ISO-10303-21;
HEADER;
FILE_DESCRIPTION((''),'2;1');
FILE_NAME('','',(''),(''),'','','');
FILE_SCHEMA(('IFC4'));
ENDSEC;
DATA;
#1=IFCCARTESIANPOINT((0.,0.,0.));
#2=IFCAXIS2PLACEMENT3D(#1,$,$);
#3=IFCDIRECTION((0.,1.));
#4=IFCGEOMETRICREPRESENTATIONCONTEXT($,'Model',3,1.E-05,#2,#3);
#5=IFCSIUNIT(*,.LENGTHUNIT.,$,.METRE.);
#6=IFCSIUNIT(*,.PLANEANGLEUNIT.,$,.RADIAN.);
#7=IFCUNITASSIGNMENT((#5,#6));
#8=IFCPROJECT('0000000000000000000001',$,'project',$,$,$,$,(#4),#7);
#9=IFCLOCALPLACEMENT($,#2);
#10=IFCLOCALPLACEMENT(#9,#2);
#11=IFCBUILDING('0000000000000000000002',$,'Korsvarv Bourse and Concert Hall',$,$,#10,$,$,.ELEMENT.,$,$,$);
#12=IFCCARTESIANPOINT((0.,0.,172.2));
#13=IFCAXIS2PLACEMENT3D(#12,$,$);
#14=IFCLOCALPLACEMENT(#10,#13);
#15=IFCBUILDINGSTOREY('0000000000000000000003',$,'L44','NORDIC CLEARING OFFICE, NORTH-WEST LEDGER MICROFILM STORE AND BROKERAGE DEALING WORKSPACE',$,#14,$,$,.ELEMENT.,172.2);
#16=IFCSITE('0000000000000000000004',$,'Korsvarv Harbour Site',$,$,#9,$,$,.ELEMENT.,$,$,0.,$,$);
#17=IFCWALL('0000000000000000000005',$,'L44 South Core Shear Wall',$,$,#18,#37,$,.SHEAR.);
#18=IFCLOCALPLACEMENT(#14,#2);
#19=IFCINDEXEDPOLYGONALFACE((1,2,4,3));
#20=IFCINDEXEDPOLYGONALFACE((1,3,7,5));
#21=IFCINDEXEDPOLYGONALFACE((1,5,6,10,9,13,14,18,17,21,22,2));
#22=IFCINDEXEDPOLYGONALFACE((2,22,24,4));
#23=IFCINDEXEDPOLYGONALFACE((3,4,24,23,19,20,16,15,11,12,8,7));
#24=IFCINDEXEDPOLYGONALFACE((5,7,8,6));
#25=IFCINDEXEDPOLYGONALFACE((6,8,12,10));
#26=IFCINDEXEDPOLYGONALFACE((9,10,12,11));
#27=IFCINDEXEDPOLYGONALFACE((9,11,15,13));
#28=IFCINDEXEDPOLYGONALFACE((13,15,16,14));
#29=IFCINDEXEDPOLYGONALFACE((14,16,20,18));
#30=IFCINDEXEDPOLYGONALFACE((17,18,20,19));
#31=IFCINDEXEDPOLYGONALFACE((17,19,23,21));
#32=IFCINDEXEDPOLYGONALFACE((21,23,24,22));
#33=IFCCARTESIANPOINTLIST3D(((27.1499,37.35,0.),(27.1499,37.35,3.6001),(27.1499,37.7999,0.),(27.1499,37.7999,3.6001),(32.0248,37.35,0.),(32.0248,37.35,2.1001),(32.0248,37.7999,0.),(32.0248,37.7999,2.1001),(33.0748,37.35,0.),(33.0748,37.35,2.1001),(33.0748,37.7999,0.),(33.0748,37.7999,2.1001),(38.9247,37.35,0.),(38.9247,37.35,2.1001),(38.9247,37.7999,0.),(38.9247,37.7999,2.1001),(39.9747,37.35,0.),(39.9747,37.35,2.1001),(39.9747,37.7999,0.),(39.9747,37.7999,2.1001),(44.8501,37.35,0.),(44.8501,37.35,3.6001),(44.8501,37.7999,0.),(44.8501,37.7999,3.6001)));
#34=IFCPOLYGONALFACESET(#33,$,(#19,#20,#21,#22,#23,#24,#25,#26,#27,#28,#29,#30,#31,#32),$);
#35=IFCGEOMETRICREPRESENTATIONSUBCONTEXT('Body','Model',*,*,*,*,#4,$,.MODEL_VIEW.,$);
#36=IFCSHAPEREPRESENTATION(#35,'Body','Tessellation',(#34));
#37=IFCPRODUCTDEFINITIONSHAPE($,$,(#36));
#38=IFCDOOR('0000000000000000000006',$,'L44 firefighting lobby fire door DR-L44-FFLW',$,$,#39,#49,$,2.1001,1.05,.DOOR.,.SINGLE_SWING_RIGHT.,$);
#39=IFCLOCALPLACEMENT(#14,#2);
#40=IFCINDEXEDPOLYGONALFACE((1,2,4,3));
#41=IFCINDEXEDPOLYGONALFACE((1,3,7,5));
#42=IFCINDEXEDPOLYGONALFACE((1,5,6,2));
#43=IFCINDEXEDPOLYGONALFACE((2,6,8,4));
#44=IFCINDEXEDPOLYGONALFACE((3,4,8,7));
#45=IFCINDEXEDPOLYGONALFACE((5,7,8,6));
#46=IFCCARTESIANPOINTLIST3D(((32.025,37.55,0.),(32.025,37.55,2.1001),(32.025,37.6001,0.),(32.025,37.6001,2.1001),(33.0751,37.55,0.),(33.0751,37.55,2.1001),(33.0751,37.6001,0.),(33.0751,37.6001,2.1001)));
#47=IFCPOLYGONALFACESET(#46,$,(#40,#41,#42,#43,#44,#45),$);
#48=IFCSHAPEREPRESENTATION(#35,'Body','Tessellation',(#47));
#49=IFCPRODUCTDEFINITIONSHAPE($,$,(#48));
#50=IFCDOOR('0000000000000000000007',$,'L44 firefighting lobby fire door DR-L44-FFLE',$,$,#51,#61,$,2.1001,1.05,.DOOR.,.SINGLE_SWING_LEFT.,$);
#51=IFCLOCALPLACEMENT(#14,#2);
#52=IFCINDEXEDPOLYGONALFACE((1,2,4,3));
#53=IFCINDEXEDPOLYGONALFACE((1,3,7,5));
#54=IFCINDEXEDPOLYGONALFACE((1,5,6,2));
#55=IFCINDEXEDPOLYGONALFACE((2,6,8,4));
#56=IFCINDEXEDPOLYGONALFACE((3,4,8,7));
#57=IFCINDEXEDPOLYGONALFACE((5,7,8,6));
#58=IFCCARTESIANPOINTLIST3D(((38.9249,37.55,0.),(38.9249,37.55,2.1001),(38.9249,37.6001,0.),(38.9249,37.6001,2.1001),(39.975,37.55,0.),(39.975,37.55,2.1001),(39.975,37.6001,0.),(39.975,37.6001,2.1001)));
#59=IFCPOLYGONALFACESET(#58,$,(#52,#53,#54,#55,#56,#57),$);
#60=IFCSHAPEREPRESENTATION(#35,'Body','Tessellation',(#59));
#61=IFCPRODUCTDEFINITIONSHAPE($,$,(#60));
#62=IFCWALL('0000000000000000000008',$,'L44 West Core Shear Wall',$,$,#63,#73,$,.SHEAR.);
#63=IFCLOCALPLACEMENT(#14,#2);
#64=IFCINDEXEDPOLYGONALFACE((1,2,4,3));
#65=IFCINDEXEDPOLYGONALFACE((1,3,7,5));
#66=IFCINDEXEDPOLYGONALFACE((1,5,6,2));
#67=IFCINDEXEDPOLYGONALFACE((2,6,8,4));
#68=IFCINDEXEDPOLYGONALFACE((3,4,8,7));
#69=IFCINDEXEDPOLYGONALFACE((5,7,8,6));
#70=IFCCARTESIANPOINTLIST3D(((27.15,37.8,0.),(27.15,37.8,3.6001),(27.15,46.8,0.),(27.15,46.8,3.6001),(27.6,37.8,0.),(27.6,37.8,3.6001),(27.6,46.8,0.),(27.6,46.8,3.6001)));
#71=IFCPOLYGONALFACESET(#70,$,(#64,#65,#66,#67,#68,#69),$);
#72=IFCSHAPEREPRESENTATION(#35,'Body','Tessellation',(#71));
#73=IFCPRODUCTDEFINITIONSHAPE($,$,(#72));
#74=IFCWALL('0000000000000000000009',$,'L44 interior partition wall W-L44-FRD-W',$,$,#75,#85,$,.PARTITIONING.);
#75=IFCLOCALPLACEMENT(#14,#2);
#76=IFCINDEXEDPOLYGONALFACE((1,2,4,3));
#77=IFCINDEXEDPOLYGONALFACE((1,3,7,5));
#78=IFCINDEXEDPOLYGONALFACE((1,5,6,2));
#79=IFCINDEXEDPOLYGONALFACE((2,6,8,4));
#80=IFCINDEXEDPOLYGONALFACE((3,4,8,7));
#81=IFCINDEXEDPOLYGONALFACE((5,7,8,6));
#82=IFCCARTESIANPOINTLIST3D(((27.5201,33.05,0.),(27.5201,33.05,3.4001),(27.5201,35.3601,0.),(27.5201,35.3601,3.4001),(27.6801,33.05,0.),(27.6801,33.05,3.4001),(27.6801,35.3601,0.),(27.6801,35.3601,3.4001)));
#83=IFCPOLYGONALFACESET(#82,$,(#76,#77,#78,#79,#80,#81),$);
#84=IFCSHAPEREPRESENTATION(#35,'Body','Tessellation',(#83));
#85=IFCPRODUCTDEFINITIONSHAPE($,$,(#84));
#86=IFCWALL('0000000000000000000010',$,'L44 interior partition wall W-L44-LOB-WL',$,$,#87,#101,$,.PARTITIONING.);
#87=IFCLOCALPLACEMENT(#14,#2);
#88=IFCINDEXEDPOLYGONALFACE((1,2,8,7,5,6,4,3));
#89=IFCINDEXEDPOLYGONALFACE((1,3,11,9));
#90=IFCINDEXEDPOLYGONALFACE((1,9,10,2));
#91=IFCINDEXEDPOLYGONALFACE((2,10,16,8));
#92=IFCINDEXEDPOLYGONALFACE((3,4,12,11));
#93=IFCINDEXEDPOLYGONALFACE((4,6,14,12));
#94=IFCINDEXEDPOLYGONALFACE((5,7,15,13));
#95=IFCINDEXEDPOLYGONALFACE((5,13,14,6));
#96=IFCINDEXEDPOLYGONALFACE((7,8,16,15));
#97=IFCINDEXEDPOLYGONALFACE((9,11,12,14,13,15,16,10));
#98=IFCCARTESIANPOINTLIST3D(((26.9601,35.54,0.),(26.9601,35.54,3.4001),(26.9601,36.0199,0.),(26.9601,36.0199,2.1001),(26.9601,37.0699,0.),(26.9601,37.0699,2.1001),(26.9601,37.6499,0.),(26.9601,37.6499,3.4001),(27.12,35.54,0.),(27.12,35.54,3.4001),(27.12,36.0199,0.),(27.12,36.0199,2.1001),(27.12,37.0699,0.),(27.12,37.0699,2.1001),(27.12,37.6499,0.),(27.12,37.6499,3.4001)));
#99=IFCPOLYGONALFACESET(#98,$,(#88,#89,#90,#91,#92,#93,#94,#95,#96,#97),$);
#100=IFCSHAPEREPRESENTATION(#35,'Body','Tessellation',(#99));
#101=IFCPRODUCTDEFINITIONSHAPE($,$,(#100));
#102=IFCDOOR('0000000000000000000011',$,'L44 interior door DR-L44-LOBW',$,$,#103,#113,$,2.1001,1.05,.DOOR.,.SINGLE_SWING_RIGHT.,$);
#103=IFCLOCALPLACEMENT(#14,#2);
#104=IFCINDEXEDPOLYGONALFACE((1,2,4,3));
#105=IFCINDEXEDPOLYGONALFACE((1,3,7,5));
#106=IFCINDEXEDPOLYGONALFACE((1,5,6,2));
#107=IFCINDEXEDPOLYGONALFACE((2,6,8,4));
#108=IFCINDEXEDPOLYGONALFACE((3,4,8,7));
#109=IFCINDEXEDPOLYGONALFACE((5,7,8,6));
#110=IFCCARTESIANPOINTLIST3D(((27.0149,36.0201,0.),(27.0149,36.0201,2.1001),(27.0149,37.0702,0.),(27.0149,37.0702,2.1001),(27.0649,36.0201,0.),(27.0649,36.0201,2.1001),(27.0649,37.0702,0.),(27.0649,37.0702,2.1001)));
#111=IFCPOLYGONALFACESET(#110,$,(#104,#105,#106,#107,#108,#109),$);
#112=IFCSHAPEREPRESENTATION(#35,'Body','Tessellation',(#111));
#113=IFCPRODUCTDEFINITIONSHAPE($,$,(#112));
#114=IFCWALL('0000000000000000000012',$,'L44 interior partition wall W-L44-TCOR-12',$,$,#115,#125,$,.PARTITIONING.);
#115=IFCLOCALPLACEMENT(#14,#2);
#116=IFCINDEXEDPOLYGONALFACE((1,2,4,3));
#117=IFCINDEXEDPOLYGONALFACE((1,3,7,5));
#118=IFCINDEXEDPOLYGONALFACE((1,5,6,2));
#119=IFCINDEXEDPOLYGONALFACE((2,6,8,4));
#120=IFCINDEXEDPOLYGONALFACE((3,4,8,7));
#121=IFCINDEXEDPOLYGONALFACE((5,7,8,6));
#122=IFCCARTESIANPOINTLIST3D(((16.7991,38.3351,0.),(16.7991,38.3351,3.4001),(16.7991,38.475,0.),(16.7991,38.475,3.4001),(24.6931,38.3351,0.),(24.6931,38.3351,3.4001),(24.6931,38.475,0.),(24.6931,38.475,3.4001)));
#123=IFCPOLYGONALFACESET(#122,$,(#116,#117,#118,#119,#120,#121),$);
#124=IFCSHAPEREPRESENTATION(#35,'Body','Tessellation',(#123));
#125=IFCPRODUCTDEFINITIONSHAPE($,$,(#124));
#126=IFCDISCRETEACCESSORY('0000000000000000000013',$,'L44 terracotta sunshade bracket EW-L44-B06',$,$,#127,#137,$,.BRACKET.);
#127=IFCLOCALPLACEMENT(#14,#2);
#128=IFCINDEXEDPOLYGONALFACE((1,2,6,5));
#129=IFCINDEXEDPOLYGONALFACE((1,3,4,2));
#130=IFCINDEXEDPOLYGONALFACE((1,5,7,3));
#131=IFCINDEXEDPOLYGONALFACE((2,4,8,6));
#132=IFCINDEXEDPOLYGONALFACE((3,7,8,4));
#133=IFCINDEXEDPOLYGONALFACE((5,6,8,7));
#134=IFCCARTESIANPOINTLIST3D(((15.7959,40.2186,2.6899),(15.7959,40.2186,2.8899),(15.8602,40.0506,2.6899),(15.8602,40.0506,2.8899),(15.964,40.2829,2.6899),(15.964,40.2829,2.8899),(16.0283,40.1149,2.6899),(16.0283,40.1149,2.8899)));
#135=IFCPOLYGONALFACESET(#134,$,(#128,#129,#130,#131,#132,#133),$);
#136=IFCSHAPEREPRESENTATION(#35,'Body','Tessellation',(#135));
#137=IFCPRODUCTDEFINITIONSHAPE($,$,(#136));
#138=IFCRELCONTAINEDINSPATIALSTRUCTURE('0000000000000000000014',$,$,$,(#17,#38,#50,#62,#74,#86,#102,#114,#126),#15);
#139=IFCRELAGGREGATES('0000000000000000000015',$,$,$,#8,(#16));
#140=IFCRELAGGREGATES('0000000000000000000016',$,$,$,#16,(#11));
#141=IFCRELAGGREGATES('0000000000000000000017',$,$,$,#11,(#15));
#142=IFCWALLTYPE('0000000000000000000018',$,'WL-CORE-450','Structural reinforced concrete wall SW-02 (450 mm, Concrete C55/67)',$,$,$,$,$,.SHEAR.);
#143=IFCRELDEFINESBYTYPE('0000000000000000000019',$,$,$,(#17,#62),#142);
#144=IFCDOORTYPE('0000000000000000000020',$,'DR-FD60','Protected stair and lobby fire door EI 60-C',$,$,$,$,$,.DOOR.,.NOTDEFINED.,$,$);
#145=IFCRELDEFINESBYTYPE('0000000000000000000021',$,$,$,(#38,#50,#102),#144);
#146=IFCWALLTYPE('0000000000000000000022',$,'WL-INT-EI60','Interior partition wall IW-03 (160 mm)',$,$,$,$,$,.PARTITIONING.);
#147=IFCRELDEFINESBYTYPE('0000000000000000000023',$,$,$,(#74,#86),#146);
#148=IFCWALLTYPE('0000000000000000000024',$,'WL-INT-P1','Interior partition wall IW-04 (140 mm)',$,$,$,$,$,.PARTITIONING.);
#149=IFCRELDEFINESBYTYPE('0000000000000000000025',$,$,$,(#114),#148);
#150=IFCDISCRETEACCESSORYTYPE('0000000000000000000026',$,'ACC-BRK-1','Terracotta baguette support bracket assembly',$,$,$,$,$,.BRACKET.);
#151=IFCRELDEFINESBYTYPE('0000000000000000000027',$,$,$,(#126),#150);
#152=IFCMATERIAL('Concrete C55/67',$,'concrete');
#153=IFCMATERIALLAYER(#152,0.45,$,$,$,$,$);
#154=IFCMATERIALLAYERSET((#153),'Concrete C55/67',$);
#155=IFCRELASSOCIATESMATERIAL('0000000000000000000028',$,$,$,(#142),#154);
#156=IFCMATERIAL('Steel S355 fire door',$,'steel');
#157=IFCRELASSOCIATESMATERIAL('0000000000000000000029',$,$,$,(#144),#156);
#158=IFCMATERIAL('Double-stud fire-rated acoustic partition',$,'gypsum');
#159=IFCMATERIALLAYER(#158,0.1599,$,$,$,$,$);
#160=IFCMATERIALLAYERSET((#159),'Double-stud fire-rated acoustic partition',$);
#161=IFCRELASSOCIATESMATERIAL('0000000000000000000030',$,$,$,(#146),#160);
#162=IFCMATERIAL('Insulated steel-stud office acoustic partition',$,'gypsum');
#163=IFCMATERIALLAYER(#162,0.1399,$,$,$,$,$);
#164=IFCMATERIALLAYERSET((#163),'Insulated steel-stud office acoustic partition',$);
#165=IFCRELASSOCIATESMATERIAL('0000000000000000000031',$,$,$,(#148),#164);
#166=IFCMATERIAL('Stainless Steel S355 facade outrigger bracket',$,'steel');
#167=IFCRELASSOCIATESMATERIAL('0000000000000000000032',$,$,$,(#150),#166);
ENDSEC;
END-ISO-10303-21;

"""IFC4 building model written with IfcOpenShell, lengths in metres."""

from ifc_helpers import new_model, si_unit, direction, frame, frame_2d, origin, origin_2d, place, context, subcontext, project, spatial, rectangle, extrude, source, transform, mapped, material, layer, layer_set, type_object, element, fill, save


model = new_model("IFC4")

# Units and contexts
model_context = context("Model", 3, precision=1e-05, world=origin(), true_north=direction((0.0, 1.0)))
body_context = subcontext(model_context, "Body", "Model", "MODEL_VIEW")
ifc_project = project(units=[si_unit("LENGTHUNIT", "METRE"), si_unit("PLANEANGLEUNIT", "RADIAN")], contexts=[model_context])

# Site, building, storey
site_placement = place(None, origin())
site = spatial("IfcSite", under=ifc_project, at=site_placement, Name="Korsvarv Harbour Site", CompositionType="ELEMENT", RefElevation=0.0)
building_placement = place(site_placement, origin())
building = spatial("IfcBuilding", under=site, at=building_placement, Name="Korsvarv Bourse and Concert Hall", CompositionType="ELEMENT")
storey_placement = place(building_placement, frame((0.0, 0.0, 172.2)))
storey = spatial("IfcBuildingStorey", under=building, at=storey_placement, Name="L44", Description="NORDIC CLEARING OFFICE, NORTH-WEST LEDGER MICROFILM STORE AND BROKERAGE DEALING WORKSPACE", CompositionType="ELEMENT", Elevation=172.2)

# Shared definitions
ifc_material_1 = material(Name="Concrete C55/67", Category="concrete")

# Wall, openings, doors
ifc_layer_1 = layer(ifc_material_1, 0.45)
ifc_layer_set_1 = layer_set([ifc_layer_1], Name="Concrete C55/67")
wall_type_1 = type_object("IfcWallType", Name="WL-CORE-450", Description="Structural reinforced concrete wall SW-02 (450 mm, Concrete C55/67)", PredefinedType="SHEAR", material=ifc_layer_set_1)
wall_1_placement = place(storey_placement, frame((27.1499, 37.575, 0.0), z_axis=(0.0, 0.0, 1.0), x_axis=(1.0, 0.0, 0.0)))
wall_1 = element("IfcWall", 1, at=wall_1_placement, inside=storey, type_object=wall_type_1, Name="L44 South Core Shear Wall", PredefinedType="SHEAR", context=body_context, shape_type="SweptSolid", body=[
    extrude(rectangle(XDim=17.7002, YDim=0.45, at=frame_2d((8.8501, 0.0))), origin(), (0.0, 0.0, 1.0), 3.6001),
])
opening_1_placement = place(wall_1_placement, frame((4.875, 0.0, 0.0)))
opening_1 = element("IfcOpeningElement", 2, at=opening_1_placement, cuts=wall_1, PredefinedType="OPENING", context=body_context, shape_type="SweptSolid", body=[
    extrude(rectangle(XDim=1.05, YDim=2.1001, at=frame_2d((0.5249, 1.05))), frame((0.0, 0.2349, 0.0), z_axis=(0.0, -1.0, 0.0), x_axis=(1.0, 0.0, 0.0)), (0.0, 0.0, 1.0), 0.47),
])
opening_2_placement = place(wall_1_placement, frame((11.7749, 0.0, 0.0)))
opening_2 = element("IfcOpeningElement", 3, at=opening_2_placement, cuts=wall_1, PredefinedType="OPENING", context=body_context, shape_type="SweptSolid", body=[
    extrude(rectangle(XDim=1.05, YDim=2.1001, at=frame_2d((0.5249, 1.05))), frame((0.0, 0.2349, 0.0), z_axis=(0.0, -1.0, 0.0), x_axis=(1.0, 0.0, 0.0)), (0.0, 0.0, 1.0), 0.47),
])
ifc_material_2 = material(Name="Steel S355 fire door", Category="steel")
door_type = type_object("IfcDoorType", Name="DR-FD60", Description="Protected stair and lobby fire door EI 60-C", OperationType="NOTDEFINED", PredefinedType="DOOR", material=ifc_material_2)
door_1_placement = place(opening_1_placement, frame((1.05, 0.0, 0.0), z_axis=(0.0, 0.0, 1.0), x_axis=(-1.0, 0.0, 0.0)))
door_1 = element("IfcDoor", 4, at=door_1_placement, inside=storey, type_object=door_type, Name="L44 firefighting lobby fire door DR-L44-FFLW", OperationType="SINGLE_SWING_RIGHT", OverallHeight=2.1001, OverallWidth=1.05, PredefinedType="DOOR", context=body_context, shape_type="SweptSolid", body=[
    extrude(rectangle(XDim=1.05, YDim=2.1001, at=frame_2d((0.5249, 1.05))), frame((0.0, 0.0249, 0.0), z_axis=(0.0, -1.0, 0.0), x_axis=(1.0, 0.0, 0.0)), (0.0, 0.0, 1.0), 0.05),
])
fill(opening_1, door_1)
door_2_placement = place(opening_2_placement, frame((1.05, 0.0, 0.0), z_axis=(0.0, 0.0, 1.0), x_axis=(-1.0, 0.0, 0.0)))
door_2 = element("IfcDoor", 5, at=door_2_placement, inside=storey, type_object=door_type, Name="L44 firefighting lobby fire door DR-L44-FFLE", OperationType="SINGLE_SWING_LEFT", OverallHeight=2.1001, OverallWidth=1.05, PredefinedType="DOOR", context=body_context, shape_type="SweptSolid", body=[
    extrude(rectangle(XDim=1.05, YDim=2.1001, at=frame_2d((0.5249, 1.05))), frame((0.0, 0.0249, 0.0), z_axis=(0.0, -1.0, 0.0), x_axis=(1.0, 0.0, 0.0)), (0.0, 0.0, 1.0), 0.05),
])
fill(opening_2, door_2)

# Walls
wall_2_placement = place(storey_placement, frame((27.375, 37.8, 0.0), z_axis=(0.0, 0.0, 1.0), x_axis=(0.0, 1.0, 0.0)))
element("IfcWall", 6, at=wall_2_placement, inside=storey, type_object=wall_type_1, Name="L44 West Core Shear Wall", PredefinedType="SHEAR", context=body_context, shape_type="SweptSolid", body=[
    extrude(rectangle(XDim=9.0, YDim=0.45, at=frame_2d((4.5, 0.0))), origin(), (0.0, 0.0, 1.0), 3.6001),
])
ifc_material_3 = material(Name="Double-stud fire-rated acoustic partition", Category="gypsum")
ifc_layer_2 = layer(ifc_material_3, 0.1599)
ifc_layer_set_2 = layer_set([ifc_layer_2], Name="Double-stud fire-rated acoustic partition")
wall_type_2 = type_object("IfcWallType", Name="WL-INT-EI60", Description="Interior partition wall IW-03 (160 mm)", PredefinedType="PARTITIONING", material=ifc_layer_set_2)
wall_3_placement = place(storey_placement, frame((27.6001, 33.05, 0.0), z_axis=(0.0, 0.0, 1.0), x_axis=(0.0, 1.0, 0.0)))
element("IfcWall", 7, at=wall_3_placement, inside=storey, type_object=wall_type_2, Name="L44 interior partition wall W-L44-FRD-W", PredefinedType="PARTITIONING", context=body_context, shape_type="SweptSolid", body=[
    extrude(rectangle(XDim=2.3101, YDim=0.1599, at=frame_2d((1.155, 0.0))), origin(), (0.0, 0.0, 1.0), 3.4001),
])

# Wall, opening, door
wall_4_placement = place(storey_placement, frame((27.04, 35.54, 0.0), z_axis=(0.0, 0.0, 1.0), x_axis=(0.0, 1.0, 0.0)))
wall_4 = element("IfcWall", 8, at=wall_4_placement, inside=storey, type_object=wall_type_2, Name="L44 interior partition wall W-L44-LOB-WL", PredefinedType="PARTITIONING", context=body_context, shape_type="SweptSolid", body=[
    extrude(rectangle(XDim=2.1099, YDim=0.1599, at=frame_2d((1.0549, 0.0))), origin(), (0.0, 0.0, 1.0), 3.4001),
])
opening_3_placement = place(wall_4_placement, frame((0.48, 0.0, 0.0)))
opening_3 = element("IfcOpeningElement", 9, at=opening_3_placement, cuts=wall_4, PredefinedType="OPENING", context=body_context, shape_type="SweptSolid", body=[
    extrude(rectangle(XDim=1.05, YDim=2.1001, at=frame_2d((0.5249, 1.05))), frame((0.0, 0.0898, 0.0), z_axis=(0.0, -1.0, 0.0), x_axis=(1.0, 0.0, 0.0)), (0.0, 0.0, 1.0), 0.1799),
])
door_3_placement = place(opening_3_placement, frame((1.05, 0.0, 0.0), z_axis=(0.0, 0.0, 1.0), x_axis=(-1.0, 0.0, 0.0)))
door_3 = element("IfcDoor", 10, at=door_3_placement, inside=storey, type_object=door_type, Name="L44 interior door DR-L44-LOBW", OperationType="SINGLE_SWING_RIGHT", OverallHeight=2.1001, OverallWidth=1.05, PredefinedType="DOOR", context=body_context, shape_type="SweptSolid", body=[
    extrude(rectangle(XDim=1.05, YDim=2.1001, at=frame_2d((0.5249, 1.05))), frame((0.0, 0.0249, 0.0), z_axis=(0.0, -1.0, 0.0), x_axis=(1.0, 0.0, 0.0)), (0.0, 0.0, 1.0), 0.05),
])
fill(opening_3, door_3)

# Wall
ifc_material_4 = material(Name="Insulated steel-stud office acoustic partition", Category="gypsum")
ifc_layer_3 = layer(ifc_material_4, 0.1399)
ifc_layer_set_3 = layer_set([ifc_layer_3], Name="Insulated steel-stud office acoustic partition")
wall_type_3 = type_object("IfcWallType", Name="WL-INT-P1", Description="Interior partition wall IW-04 (140 mm)", PredefinedType="PARTITIONING", material=ifc_layer_set_3)
wall_5_placement = place(storey_placement, frame((16.7991, 38.405, 0.0), z_axis=(0.0, 0.0, 1.0), x_axis=(1.0, 0.0, 0.0)))
element("IfcWall", 11, at=wall_5_placement, inside=storey, type_object=wall_type_3, Name="L44 interior partition wall W-L44-TCOR-12", PredefinedType="PARTITIONING", context=body_context, shape_type="SweptSolid", body=[
    extrude(rectangle(XDim=7.894, YDim=0.1399, at=frame_2d((3.947, 0.0))), origin(), (0.0, 0.0, 1.0), 3.4001),
])

# Discrete accessory
ifc_material_5 = material(Name="Stainless Steel S355 facade outrigger bracket", Category="steel")
discrete_accessory_type = type_object("IfcDiscreteAccessoryType", Name="ACC-BRK-1", Description="Terracotta baguette support bracket assembly", PredefinedType="BRACKET", material=ifc_material_5)
shared_shape_1 = source(origin(), body_context, "Body", "SweptSolid", [
    extrude(rectangle(XDim=0.1799, YDim=0.1799, at=origin_2d()), origin(), (0.0, 0.0, 1.0), 0.2),
])
discrete_accessory_placement = place(storey_placement, frame((15.9121, 40.1667, 2.6899), z_axis=(0.0, 0.0, 1.0), x_axis=(0.35739, -0.933955, 0.0)))
element("IfcDiscreteAccessory", 12, at=discrete_accessory_placement, inside=storey, type_object=discrete_accessory_type, Name="L44 terracotta sunshade bracket EW-L44-B06", PredefinedType="BRACKET", context=body_context, shape_type="MappedRepresentation", body=[
    mapped(shared_shape_1, transform((0.0, 0.0, 0.0), scale=1.0)),
])

save(model, "model.ifc")
